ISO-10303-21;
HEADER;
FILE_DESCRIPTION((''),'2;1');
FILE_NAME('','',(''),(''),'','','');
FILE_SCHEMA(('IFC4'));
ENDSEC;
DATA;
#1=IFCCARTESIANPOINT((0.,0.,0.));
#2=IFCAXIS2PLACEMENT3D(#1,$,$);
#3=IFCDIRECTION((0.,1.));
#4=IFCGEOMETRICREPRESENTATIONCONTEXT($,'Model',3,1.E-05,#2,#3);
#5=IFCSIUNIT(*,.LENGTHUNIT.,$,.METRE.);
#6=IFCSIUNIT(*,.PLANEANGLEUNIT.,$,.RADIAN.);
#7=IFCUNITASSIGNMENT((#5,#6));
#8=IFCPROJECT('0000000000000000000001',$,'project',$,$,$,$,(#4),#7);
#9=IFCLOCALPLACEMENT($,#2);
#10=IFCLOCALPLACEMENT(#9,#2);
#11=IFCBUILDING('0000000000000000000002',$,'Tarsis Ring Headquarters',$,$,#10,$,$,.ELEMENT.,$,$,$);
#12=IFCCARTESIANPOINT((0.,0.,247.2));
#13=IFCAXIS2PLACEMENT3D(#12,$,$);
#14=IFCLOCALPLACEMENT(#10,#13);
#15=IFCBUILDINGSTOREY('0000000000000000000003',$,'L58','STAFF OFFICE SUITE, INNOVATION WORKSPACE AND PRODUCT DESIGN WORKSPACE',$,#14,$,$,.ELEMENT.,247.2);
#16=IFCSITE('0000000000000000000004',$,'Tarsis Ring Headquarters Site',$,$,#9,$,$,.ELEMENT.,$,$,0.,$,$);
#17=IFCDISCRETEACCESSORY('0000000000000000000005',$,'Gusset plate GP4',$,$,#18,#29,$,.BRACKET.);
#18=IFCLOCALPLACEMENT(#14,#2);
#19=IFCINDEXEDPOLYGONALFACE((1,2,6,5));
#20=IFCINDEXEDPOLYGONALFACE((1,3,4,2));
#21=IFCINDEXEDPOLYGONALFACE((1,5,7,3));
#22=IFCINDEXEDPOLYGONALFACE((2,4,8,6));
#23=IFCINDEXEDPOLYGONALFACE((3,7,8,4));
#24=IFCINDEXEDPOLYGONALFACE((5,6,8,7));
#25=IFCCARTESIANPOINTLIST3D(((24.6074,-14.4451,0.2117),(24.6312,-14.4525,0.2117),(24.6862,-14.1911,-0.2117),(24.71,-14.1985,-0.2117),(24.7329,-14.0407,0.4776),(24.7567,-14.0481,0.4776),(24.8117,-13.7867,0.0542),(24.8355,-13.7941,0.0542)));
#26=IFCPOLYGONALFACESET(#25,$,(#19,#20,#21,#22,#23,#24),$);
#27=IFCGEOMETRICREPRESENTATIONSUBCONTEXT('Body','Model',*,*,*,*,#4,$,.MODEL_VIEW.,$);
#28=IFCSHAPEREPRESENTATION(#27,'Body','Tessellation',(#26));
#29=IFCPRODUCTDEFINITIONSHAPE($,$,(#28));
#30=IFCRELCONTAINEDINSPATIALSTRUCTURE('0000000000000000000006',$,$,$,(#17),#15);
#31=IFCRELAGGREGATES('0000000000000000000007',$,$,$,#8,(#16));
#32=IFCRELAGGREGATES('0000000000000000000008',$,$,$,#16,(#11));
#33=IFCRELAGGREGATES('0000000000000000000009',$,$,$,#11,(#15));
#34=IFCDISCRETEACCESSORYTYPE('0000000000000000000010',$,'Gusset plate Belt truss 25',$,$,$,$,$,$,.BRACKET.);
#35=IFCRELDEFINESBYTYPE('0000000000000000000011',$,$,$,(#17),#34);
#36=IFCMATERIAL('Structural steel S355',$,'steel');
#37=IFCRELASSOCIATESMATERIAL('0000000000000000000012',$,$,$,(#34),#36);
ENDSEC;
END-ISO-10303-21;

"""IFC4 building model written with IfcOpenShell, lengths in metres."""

from ifc_helpers import new_model, si_unit, direction, frame, origin, origin_2d, place, context, subcontext, project, spatial, rectangle, extrude, material, material_profile, profile_set, type_object, element, save


model = new_model("IFC4")

# Units and contexts
model_context = context("Model", 3, precision=1e-05, world=origin(), true_north=direction((0.0, 1.0)))
body_context = subcontext(model_context, "Body", "Model", "MODEL_VIEW")
ifc_project = project(units=[si_unit("LENGTHUNIT", "METRE"), si_unit("PLANEANGLEUNIT", "RADIAN")], contexts=[model_context])

# Site, building, storey
site_placement = place(None, origin())
site = spatial("IfcSite", under=ifc_project, at=site_placement, Name="Tarsis Ring Headquarters Site", CompositionType="ELEMENT", RefElevation=0.0)
building_placement = place(site_placement, origin())
building = spatial("IfcBuilding", under=site, at=building_placement, Name="Tarsis Ring Headquarters", CompositionType="ELEMENT")
storey_placement = place(building_placement, frame((0.0, 0.0, 247.2)))
storey = spatial("IfcBuildingStorey", under=building, at=storey_placement, Name="L58", Description="STAFF OFFICE SUITE, INNOVATION WORKSPACE AND PRODUCT DESIGN WORKSPACE", CompositionType="ELEMENT", Elevation=247.2)

# Shared definitions
ifc_material_1 = material(Name="Structural steel S355", Category="steel")

# Discrete accessory
ifc_material_profile_1 = material_profile(ifc_material_1, rectangle(XDim=0.0249, YDim=0.5, at=origin_2d()), Name="PL 25x500")
ifc_profile_set_1 = profile_set([ifc_material_profile_1], Name="Structural steel S355")
discrete_accessory_type = type_object("IfcDiscreteAccessoryType", Name="Gusset plate Belt truss 25", PredefinedType="BRACKET", material=ifc_profile_set_1)
for number, where, z_axis, x_axis, name in (
    (1, (24.6587, -14.3218, 0.0), (0.251032, 0.808772, 0.531856), (-0.955053, 0.296435, 0.0), "Gusset plate GP4"),
):
    element("IfcDiscreteAccessory", number, at=place(storey_placement, frame(where, z_axis=z_axis, x_axis=x_axis)), inside=storey, type_object=discrete_accessory_type, Name=name, PredefinedType="BRACKET", context=body_context, shape_type="SweptSolid", body=[
        extrude(rectangle(XDim=0.0249, YDim=0.5, at=origin_2d()), origin(), (0.0, 0.0, 1.0), 0.5),
    ])

save(model, "model.ifc")
